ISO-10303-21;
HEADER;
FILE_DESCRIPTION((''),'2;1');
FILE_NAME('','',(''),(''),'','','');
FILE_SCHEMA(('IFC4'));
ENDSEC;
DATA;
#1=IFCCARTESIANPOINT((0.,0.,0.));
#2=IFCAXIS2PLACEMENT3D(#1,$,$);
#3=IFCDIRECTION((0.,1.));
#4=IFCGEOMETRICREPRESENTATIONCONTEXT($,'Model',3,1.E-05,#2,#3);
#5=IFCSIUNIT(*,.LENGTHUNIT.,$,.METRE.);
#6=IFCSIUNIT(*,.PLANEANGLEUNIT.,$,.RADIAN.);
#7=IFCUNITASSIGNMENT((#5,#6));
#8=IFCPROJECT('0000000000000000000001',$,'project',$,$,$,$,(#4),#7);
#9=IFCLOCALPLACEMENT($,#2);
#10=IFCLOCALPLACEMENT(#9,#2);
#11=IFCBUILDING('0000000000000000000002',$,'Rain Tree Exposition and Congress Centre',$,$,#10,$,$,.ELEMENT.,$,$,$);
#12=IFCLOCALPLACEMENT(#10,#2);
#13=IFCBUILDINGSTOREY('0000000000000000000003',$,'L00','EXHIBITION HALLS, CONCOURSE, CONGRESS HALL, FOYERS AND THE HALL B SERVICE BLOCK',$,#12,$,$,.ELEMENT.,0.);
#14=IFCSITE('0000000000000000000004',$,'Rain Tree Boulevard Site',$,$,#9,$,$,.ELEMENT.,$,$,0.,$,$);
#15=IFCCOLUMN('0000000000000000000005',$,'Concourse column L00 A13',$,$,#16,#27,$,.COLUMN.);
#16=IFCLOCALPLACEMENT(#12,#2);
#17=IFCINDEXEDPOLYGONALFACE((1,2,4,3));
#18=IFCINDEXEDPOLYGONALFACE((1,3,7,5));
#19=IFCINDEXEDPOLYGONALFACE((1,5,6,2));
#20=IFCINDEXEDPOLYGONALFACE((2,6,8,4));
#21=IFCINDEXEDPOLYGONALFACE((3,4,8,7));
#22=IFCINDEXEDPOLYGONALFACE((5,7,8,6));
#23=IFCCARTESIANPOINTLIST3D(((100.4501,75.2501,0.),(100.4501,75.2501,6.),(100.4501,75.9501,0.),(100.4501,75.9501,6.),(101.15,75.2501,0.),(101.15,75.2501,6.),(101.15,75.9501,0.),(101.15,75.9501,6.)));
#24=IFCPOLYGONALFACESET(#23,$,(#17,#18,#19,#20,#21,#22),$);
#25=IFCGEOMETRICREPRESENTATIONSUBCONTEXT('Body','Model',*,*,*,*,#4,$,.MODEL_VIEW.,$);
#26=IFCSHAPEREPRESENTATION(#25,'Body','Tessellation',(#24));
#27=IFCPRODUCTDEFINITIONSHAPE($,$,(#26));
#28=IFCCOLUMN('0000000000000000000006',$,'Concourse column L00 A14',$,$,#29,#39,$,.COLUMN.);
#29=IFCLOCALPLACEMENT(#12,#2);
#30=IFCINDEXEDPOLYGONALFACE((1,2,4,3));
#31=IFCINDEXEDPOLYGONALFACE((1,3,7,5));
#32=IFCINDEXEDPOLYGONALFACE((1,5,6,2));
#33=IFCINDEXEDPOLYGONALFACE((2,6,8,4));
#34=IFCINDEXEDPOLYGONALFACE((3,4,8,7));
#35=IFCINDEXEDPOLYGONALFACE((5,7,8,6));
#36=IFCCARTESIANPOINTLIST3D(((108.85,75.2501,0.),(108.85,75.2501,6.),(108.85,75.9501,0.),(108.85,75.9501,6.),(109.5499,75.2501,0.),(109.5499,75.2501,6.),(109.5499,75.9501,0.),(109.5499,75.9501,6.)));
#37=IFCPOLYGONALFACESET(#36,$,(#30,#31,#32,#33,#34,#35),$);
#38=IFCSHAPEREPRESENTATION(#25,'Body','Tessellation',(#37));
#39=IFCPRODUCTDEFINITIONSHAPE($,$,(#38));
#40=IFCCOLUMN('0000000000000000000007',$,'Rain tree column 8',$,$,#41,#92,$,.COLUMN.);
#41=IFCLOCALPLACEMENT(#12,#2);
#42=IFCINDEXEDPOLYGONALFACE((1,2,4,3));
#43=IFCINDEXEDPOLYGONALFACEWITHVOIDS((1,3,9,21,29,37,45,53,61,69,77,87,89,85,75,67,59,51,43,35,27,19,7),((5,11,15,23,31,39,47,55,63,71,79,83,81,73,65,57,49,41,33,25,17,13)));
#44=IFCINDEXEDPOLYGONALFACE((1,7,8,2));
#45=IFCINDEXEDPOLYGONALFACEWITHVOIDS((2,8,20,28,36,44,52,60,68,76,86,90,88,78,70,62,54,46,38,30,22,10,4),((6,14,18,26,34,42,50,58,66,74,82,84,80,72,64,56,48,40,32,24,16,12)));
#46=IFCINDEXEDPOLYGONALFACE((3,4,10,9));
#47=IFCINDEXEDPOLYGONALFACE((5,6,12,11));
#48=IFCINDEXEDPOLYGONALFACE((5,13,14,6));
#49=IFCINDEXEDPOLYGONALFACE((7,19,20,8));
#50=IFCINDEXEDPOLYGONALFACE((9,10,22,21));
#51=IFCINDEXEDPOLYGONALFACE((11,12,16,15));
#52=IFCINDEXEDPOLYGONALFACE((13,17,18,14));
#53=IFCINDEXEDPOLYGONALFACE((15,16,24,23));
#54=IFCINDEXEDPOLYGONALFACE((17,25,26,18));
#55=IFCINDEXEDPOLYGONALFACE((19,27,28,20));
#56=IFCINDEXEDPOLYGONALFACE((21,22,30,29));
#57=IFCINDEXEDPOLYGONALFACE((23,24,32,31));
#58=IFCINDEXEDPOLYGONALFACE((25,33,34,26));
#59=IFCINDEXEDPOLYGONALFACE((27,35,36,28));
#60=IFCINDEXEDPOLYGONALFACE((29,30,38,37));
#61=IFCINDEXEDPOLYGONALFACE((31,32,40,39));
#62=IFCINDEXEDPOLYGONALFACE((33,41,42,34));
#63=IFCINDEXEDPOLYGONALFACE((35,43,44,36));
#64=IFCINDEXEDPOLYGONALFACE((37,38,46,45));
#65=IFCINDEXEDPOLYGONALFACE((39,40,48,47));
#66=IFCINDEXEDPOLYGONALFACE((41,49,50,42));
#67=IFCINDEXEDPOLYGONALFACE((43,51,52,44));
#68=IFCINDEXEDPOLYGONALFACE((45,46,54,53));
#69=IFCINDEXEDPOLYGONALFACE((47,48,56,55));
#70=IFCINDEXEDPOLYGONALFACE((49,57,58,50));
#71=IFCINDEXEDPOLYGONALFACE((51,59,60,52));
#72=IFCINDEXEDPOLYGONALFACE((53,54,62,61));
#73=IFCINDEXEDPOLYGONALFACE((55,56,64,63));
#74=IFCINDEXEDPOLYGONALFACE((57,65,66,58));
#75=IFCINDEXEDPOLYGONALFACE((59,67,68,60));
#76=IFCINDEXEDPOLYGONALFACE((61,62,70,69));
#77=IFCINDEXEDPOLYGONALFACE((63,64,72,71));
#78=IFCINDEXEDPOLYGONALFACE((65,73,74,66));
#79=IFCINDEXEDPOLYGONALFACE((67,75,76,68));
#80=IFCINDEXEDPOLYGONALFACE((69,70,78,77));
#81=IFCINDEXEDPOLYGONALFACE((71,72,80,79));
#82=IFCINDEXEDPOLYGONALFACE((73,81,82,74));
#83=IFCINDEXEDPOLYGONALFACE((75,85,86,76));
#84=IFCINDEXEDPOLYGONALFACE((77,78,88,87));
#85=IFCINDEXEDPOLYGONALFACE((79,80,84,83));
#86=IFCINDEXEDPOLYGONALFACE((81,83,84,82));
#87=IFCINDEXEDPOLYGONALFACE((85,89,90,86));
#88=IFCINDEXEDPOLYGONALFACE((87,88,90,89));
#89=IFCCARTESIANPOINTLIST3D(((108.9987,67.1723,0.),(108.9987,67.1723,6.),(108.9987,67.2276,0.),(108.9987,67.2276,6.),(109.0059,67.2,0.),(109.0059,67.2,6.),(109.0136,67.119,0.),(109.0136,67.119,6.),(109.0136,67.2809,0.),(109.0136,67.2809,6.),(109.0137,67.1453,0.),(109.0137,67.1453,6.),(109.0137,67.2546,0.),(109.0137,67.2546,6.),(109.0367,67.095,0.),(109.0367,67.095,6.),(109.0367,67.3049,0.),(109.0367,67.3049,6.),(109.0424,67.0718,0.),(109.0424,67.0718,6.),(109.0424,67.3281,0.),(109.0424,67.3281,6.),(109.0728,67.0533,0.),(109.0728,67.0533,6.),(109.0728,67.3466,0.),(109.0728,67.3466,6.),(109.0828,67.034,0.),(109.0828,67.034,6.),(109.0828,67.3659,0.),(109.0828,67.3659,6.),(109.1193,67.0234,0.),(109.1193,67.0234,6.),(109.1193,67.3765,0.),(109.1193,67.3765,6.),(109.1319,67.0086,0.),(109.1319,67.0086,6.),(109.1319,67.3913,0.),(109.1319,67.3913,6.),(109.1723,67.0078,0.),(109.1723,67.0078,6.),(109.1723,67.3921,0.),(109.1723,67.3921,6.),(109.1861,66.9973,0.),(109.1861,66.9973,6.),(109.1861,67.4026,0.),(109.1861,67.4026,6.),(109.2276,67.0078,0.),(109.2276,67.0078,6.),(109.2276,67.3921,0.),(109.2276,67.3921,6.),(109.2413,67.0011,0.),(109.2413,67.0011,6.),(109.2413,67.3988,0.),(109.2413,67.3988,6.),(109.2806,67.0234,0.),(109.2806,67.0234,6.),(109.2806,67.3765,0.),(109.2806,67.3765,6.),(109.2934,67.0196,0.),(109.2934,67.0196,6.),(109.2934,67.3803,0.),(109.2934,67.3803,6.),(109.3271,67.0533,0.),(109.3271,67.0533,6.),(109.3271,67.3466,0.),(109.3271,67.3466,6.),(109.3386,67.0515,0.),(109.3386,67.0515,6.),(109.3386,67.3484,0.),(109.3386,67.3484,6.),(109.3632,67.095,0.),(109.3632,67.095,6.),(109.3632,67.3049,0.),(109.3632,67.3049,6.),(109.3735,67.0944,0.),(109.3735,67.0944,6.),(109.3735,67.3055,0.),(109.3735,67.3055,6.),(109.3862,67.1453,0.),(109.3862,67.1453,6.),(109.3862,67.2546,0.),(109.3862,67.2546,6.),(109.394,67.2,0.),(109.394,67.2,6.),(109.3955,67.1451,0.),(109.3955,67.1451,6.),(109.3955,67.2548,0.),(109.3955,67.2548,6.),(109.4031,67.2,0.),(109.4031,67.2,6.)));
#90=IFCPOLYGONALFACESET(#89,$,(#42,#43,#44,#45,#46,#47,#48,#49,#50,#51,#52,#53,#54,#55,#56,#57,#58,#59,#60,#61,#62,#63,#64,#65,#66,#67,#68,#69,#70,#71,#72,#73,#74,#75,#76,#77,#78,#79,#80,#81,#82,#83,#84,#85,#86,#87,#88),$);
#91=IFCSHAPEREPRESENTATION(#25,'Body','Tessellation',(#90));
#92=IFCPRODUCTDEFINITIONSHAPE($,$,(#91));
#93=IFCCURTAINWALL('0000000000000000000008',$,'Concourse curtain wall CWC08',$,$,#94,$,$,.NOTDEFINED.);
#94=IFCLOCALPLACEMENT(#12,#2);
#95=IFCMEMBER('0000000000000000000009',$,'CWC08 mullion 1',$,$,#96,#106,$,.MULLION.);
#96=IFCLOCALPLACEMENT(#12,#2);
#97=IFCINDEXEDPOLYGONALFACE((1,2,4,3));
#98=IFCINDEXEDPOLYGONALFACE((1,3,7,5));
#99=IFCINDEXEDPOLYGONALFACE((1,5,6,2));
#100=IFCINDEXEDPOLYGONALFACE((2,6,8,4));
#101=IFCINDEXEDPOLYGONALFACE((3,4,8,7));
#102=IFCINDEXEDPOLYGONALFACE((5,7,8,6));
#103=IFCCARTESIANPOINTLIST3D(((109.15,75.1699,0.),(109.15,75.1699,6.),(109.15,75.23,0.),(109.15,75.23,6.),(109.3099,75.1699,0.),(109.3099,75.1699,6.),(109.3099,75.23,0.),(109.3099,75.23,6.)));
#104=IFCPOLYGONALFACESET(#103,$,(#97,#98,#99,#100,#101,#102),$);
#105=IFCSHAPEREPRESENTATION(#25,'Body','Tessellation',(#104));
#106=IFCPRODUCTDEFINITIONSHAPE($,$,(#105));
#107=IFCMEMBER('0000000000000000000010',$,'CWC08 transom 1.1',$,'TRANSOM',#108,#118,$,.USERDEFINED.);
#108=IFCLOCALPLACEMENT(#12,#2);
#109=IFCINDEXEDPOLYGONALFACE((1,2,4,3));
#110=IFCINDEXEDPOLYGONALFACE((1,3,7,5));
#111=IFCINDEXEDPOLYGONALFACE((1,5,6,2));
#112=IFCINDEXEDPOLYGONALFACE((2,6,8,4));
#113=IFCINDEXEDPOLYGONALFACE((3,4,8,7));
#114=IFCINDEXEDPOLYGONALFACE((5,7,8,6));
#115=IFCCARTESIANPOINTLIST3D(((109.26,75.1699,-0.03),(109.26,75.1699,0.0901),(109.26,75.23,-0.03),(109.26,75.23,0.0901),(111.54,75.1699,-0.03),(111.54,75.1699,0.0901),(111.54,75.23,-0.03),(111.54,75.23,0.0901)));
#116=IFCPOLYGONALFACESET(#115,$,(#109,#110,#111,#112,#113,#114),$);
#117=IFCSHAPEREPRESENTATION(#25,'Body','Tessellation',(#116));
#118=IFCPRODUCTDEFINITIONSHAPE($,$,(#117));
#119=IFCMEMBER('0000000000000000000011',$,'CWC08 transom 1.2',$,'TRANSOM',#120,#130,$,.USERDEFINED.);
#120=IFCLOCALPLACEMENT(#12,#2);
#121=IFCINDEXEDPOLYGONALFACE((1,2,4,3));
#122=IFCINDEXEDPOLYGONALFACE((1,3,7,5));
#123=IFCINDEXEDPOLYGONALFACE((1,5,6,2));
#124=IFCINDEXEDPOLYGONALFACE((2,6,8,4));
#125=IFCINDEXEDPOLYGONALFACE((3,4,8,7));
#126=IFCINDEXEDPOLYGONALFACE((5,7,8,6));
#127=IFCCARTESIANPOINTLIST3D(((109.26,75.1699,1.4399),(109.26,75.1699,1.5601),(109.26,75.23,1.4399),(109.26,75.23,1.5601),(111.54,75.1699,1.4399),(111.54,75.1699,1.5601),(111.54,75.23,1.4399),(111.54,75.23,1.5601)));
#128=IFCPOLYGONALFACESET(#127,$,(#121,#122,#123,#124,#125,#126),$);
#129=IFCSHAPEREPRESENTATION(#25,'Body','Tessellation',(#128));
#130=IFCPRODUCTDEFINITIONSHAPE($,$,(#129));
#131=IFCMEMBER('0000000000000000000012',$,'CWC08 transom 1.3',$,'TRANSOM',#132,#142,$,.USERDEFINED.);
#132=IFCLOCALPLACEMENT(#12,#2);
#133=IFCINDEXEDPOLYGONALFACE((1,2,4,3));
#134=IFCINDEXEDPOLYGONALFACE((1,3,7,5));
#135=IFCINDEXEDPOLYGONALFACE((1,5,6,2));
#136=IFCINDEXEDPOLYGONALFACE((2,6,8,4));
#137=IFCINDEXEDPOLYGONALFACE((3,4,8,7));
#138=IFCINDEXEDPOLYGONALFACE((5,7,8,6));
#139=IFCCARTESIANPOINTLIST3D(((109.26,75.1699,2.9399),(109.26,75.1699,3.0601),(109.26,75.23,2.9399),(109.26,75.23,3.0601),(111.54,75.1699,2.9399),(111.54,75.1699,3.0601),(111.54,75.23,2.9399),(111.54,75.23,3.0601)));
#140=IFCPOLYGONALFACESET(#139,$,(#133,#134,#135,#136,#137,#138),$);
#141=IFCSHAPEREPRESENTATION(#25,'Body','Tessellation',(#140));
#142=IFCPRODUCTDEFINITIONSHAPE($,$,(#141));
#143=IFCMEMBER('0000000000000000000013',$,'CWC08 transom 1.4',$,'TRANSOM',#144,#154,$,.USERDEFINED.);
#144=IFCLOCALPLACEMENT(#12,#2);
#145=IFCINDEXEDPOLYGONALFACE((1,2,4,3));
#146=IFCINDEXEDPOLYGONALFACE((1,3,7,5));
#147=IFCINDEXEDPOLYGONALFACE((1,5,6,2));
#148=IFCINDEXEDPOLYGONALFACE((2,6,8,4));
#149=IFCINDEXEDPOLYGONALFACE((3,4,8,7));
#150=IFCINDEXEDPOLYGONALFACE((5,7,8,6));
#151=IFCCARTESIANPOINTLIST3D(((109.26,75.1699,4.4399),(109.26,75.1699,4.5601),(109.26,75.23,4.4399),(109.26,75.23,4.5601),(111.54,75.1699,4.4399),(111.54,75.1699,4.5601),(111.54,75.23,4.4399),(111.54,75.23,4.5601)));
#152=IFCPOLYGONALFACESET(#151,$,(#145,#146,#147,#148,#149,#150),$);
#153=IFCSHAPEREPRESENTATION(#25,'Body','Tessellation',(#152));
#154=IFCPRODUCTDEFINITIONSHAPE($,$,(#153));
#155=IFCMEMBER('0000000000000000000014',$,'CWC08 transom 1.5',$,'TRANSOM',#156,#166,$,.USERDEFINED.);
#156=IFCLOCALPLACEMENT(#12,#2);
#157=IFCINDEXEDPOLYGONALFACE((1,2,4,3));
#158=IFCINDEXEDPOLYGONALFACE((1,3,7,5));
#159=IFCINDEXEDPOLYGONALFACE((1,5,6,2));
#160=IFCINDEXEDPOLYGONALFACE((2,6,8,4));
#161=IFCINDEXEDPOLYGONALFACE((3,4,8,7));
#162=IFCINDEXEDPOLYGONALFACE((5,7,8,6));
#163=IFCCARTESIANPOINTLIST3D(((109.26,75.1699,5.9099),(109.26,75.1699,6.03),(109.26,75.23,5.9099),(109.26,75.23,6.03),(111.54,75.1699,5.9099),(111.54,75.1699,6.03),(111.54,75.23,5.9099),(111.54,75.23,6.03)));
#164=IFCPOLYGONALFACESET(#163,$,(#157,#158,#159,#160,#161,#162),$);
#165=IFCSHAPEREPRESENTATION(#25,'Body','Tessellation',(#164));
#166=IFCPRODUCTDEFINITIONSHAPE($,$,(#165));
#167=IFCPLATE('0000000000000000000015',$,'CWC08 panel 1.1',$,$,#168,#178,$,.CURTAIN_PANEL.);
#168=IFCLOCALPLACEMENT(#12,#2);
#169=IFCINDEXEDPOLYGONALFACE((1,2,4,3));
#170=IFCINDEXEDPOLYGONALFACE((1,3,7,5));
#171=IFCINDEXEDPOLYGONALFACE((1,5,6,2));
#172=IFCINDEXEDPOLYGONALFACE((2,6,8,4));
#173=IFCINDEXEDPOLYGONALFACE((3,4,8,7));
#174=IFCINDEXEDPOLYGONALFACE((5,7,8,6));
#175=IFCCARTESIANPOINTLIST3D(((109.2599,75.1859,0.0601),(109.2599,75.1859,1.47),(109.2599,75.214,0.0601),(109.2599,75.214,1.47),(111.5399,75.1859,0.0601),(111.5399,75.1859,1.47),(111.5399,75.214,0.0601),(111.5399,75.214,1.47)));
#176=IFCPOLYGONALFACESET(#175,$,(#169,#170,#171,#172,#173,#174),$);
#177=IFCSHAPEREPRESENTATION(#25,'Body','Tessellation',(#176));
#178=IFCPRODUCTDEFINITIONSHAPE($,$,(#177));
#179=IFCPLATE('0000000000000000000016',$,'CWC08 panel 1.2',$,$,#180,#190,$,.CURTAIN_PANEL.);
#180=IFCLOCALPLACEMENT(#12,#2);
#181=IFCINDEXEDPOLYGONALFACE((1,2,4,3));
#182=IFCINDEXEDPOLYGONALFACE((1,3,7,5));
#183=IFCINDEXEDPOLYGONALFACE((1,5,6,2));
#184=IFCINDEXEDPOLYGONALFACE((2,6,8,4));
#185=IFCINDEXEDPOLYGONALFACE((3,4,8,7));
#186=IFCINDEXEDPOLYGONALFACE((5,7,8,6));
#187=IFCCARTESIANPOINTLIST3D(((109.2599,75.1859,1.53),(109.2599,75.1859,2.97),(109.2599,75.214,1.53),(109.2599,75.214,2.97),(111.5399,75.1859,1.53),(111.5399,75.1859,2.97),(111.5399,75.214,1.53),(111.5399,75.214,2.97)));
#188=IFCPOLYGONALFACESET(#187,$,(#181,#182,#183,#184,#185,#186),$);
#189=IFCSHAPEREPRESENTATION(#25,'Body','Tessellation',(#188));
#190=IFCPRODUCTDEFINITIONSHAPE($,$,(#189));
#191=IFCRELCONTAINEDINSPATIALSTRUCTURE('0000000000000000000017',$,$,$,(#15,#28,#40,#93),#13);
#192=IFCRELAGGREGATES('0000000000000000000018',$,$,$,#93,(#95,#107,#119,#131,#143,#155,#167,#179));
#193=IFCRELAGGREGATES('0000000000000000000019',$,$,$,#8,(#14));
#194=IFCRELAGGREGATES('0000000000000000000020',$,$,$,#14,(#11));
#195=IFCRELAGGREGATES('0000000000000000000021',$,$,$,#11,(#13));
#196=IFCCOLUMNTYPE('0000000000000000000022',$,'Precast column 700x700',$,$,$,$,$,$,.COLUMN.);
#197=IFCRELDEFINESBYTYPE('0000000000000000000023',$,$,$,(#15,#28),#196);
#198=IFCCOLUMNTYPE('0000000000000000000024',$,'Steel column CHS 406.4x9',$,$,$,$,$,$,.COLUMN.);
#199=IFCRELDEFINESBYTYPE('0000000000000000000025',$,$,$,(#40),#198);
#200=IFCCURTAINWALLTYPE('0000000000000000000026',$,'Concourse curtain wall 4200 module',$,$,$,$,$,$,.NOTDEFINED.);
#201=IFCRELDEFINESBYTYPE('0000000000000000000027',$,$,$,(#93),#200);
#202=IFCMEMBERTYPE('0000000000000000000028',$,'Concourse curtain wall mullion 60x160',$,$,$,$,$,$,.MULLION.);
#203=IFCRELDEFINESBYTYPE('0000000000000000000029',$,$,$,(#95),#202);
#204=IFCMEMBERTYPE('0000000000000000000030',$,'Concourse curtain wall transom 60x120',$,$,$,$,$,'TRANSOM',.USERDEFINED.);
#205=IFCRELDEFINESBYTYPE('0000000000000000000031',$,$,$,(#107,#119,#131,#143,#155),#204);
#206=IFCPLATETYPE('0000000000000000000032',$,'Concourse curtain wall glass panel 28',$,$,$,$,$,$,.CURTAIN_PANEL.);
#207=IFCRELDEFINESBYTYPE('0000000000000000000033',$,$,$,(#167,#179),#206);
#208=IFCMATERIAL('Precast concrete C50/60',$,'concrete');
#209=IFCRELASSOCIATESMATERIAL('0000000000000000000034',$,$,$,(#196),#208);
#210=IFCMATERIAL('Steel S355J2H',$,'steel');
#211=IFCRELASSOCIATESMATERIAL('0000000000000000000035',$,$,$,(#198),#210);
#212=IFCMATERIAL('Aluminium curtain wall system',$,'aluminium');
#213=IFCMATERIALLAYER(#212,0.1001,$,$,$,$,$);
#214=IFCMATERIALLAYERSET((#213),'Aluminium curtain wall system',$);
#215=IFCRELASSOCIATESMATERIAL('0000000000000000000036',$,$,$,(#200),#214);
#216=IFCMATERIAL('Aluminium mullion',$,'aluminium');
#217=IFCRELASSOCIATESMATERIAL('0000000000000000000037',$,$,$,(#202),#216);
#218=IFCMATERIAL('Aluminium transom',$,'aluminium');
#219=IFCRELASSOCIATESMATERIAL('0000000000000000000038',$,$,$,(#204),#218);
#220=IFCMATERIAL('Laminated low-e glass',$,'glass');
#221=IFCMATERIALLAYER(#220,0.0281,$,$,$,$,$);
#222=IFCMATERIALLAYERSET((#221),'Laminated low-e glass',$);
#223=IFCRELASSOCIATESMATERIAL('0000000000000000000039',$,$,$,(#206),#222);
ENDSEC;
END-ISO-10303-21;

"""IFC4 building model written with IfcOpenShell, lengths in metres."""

from ifc_helpers import new_model, si_unit, direction, frame, origin, origin_2d, place, context, subcontext, project, spatial, rectangle, hollow_circle, extrude, material, layer, layer_set, material_profile, profile_set, type_object, element, aggregate, save


model = new_model("IFC4")

# Units and contexts
model_context = context("Model", 3, precision=1e-05, world=origin(), true_north=direction((0.0, 1.0)))
body_context = subcontext(model_context, "Body", "Model", "MODEL_VIEW")
ifc_project = project(units=[si_unit("LENGTHUNIT", "METRE"), si_unit("PLANEANGLEUNIT", "RADIAN")], contexts=[model_context])

# Site, building, storey
site_placement = place(None, origin())
site = spatial("IfcSite", under=ifc_project, at=site_placement, Name="Rain Tree Boulevard Site", CompositionType="ELEMENT", RefElevation=0.0)
building_placement = place(site_placement, origin())
building = spatial("IfcBuilding", under=site, at=building_placement, Name="Rain Tree Exposition and Congress Centre", CompositionType="ELEMENT")
storey_placement = place(building_placement, origin())
storey = spatial("IfcBuildingStorey", under=building, at=storey_placement, Name="L00", Description="EXHIBITION HALLS, CONCOURSE, CONGRESS HALL, FOYERS AND THE HALL B SERVICE BLOCK", CompositionType="ELEMENT", Elevation=0.0)

# Columns
ifc_material_1 = material(Name="Precast concrete C50/60", Category="concrete")
ifc_material_profile_1 = material_profile(ifc_material_1, rectangle(XDim=0.7, YDim=0.7, at=origin_2d()), Name="RC 700x700")
ifc_profile_set_1 = profile_set([ifc_material_profile_1], Name="Precast concrete C50/60")
column_type_1 = type_object("IfcColumnType", Name="Precast column 700x700", PredefinedType="COLUMN", material=ifc_profile_set_1)
for number, where, z_axis, x_axis, name in (
    (1, (100.8, 75.6001, 0.0), (0.0, 0.0, 1.0), (1.0, 0.0, 0.0), "Concourse column L00 A13"),
    (2, (109.2, 75.6001, 0.0), (0.0, 0.0, 1.0), (1.0, 0.0, 0.0), "Concourse column L00 A14"),
):
    element("IfcColumn", number, at=place(storey_placement, frame(where, z_axis=z_axis, x_axis=x_axis)), inside=storey, type_object=column_type_1, Name=name, PredefinedType="COLUMN", context=body_context, shape_type="SweptSolid", body=[
        extrude(rectangle(XDim=0.7, YDim=0.7, at=origin_2d()), origin(), (0.0, 0.0, 1.0), 6.0),
    ])
ifc_material_2 = material(Name="Steel S355J2H", Category="steel")
ifc_material_profile_2 = material_profile(ifc_material_2, hollow_circle(Radius=0.2031, WallThickness=0.009, at=origin_2d()), Name="CHS 406.4x9")
ifc_profile_set_2 = profile_set([ifc_material_profile_2], Name="Steel S355J2H")
column_type_2 = type_object("IfcColumnType", Name="Steel column CHS 406.4x9", PredefinedType="COLUMN", material=ifc_profile_set_2)
column_placement = place(storey_placement, frame((109.2, 67.2, 0.0), z_axis=(0.0, 0.0, 1.0), x_axis=(1.0, 0.0, 0.0)))
element("IfcColumn", 3, at=column_placement, inside=storey, type_object=column_type_2, Name="Rain tree column 8", PredefinedType="COLUMN", context=body_context, shape_type="SweptSolid", body=[
    extrude(hollow_circle(Radius=0.2031, WallThickness=0.009, at=origin_2d()), origin(), (0.0, 0.0, 1.0), 6.0),
])

# Curtain wall, members, plates
ifc_material_3 = material(Name="Aluminium curtain wall system", Category="aluminium")
ifc_layer_1 = layer(ifc_material_3, 0.1001)
ifc_layer_set_1 = layer_set([ifc_layer_1], Name="Aluminium curtain wall system")
curtain_wall_type = type_object("IfcCurtainWallType", Name="Concourse curtain wall 4200 module", PredefinedType="NOTDEFINED", material=ifc_layer_set_1)
curtain_wall_placement = place(storey_placement, origin())
curtain_wall = element("IfcCurtainWall", 4, at=curtain_wall_placement, inside=storey, type_object=curtain_wall_type, Name="Concourse curtain wall CWC08", PredefinedType="NOTDEFINED")
ifc_material_4 = material(Name="Aluminium mullion", Category="aluminium")
ifc_material_profile_3 = material_profile(ifc_material_4, rectangle(XDim=0.0601, YDim=0.1599, at=origin_2d()), Name="AL 60x160")
ifc_profile_set_3 = profile_set([ifc_material_profile_3], Name="Aluminium mullion")
member_type_1 = type_object("IfcMemberType", Name="Concourse curtain wall mullion 60x160", PredefinedType="MULLION", material=ifc_profile_set_3)
member_1_placement = place(storey_placement, frame((109.23, 75.2, 0.0), z_axis=(0.0, 0.0, 1.0), x_axis=(0.0, 1.0, 0.0)))
member_1 = element("IfcMember", 5, at=member_1_placement, type_object=member_type_1, Name="CWC08 mullion 1", PredefinedType="MULLION", context=body_context, shape_type="SweptSolid", body=[
    extrude(rectangle(XDim=0.0601, YDim=0.1599, at=origin_2d()), origin(), (0.0, 0.0, 1.0), 6.0),
])
ifc_material_5 = material(Name="Aluminium transom", Category="aluminium")
ifc_material_profile_4 = material_profile(ifc_material_5, rectangle(XDim=0.0601, YDim=0.1201, at=origin_2d()), Name="AL 60x120")
ifc_profile_set_4 = profile_set([ifc_material_profile_4], Name="Aluminium transom")
member_type_2 = type_object("IfcMemberType", Name="Concourse curtain wall transom 60x120", ElementType="TRANSOM", PredefinedType="USERDEFINED", material=ifc_profile_set_4)
member_2_placement = place(storey_placement, frame((109.26, 75.2, 0.03), z_axis=(1.0, 0.0, 0.0), x_axis=(0.0, 1.0, 0.0)))
member_2 = element("IfcMember", 6, at=member_2_placement, type_object=member_type_2, Name="CWC08 transom 1.1", ObjectType="TRANSOM", PredefinedType="USERDEFINED", context=body_context, shape_type="SweptSolid", body=[
    extrude(rectangle(XDim=0.0601, YDim=0.1201, at=origin_2d()), origin(), (0.0, 0.0, 1.0), 2.28),
])
member_3_placement = place(storey_placement, frame((109.26, 75.2, 1.5), z_axis=(1.0, 0.0, 0.0), x_axis=(0.0, 1.0, 0.0)))
member_3 = element("IfcMember", 7, at=member_3_placement, type_object=member_type_2, Name="CWC08 transom 1.2", ObjectType="TRANSOM", PredefinedType="USERDEFINED", context=body_context, shape_type="SweptSolid", body=[
    extrude(rectangle(XDim=0.0601, YDim=0.1201, at=origin_2d()), origin(), (0.0, 0.0, 1.0), 2.28),
])
member_4_placement = place(storey_placement, frame((109.26, 75.2, 3.0), z_axis=(1.0, 0.0, 0.0), x_axis=(0.0, 1.0, 0.0)))
member_4 = element("IfcMember", 8, at=member_4_placement, type_object=member_type_2, Name="CWC08 transom 1.3", ObjectType="TRANSOM", PredefinedType="USERDEFINED", context=body_context, shape_type="SweptSolid", body=[
    extrude(rectangle(XDim=0.0601, YDim=0.1201, at=origin_2d()), origin(), (0.0, 0.0, 1.0), 2.28),
])
member_5_placement = place(storey_placement, frame((109.26, 75.2, 4.5), z_axis=(1.0, 0.0, 0.0), x_axis=(0.0, 1.0, 0.0)))
member_5 = element("IfcMember", 9, at=member_5_placement, type_object=member_type_2, Name="CWC08 transom 1.4", ObjectType="TRANSOM", PredefinedType="USERDEFINED", context=body_context, shape_type="SweptSolid", body=[
    extrude(rectangle(XDim=0.0601, YDim=0.1201, at=origin_2d()), origin(), (0.0, 0.0, 1.0), 2.28),
])
member_6_placement = place(storey_placement, frame((109.26, 75.2, 5.97), z_axis=(1.0, 0.0, 0.0), x_axis=(0.0, 1.0, 0.0)))
member_6 = element("IfcMember", 10, at=member_6_placement, type_object=member_type_2, Name="CWC08 transom 1.5", ObjectType="TRANSOM", PredefinedType="USERDEFINED", context=body_context, shape_type="SweptSolid", body=[
    extrude(rectangle(XDim=0.0601, YDim=0.1201, at=origin_2d()), origin(), (0.0, 0.0, 1.0), 2.28),
])
ifc_material_6 = material(Name="Laminated low-e glass", Category="glass")
ifc_layer_2 = layer(ifc_material_6, 0.0281)
ifc_layer_set_2 = layer_set([ifc_layer_2], Name="Laminated low-e glass")
plate_type = type_object("IfcPlateType", Name="Concourse curtain wall glass panel 28", PredefinedType="CURTAIN_PANEL", material=ifc_layer_set_2)
plate_1_placement = place(storey_placement, frame((110.3999, 75.2, 0.0601), z_axis=(0.0, 0.0, 1.0), x_axis=(1.0, 0.0, 0.0)))
plate_1 = element("IfcPlate", 11, at=plate_1_placement, type_object=plate_type, Name="CWC08 panel 1.1", PredefinedType="CURTAIN_PANEL", context=body_context, shape_type="SweptSolid", body=[
    extrude(rectangle(XDim=2.28, YDim=0.0281, at=origin_2d()), origin(), (0.0, 0.0, 1.0), 1.4099),
])
plate_2_placement = place(storey_placement, frame((110.3999, 75.2, 1.53), z_axis=(0.0, 0.0, 1.0), x_axis=(1.0, 0.0, 0.0)))
plate_2 = element("IfcPlate", 12, at=plate_2_placement, type_object=plate_type, Name="CWC08 panel 1.2", PredefinedType="CURTAIN_PANEL", context=body_context, shape_type="SweptSolid", body=[
    extrude(rectangle(XDim=2.28, YDim=0.0281, at=origin_2d()), origin(), (0.0, 0.0, 1.0), 1.4399),
])
aggregate(curtain_wall, [member_1, member_2, member_3, member_4, member_5, member_6, plate_1, plate_2])

save(model, "model.ifc")
